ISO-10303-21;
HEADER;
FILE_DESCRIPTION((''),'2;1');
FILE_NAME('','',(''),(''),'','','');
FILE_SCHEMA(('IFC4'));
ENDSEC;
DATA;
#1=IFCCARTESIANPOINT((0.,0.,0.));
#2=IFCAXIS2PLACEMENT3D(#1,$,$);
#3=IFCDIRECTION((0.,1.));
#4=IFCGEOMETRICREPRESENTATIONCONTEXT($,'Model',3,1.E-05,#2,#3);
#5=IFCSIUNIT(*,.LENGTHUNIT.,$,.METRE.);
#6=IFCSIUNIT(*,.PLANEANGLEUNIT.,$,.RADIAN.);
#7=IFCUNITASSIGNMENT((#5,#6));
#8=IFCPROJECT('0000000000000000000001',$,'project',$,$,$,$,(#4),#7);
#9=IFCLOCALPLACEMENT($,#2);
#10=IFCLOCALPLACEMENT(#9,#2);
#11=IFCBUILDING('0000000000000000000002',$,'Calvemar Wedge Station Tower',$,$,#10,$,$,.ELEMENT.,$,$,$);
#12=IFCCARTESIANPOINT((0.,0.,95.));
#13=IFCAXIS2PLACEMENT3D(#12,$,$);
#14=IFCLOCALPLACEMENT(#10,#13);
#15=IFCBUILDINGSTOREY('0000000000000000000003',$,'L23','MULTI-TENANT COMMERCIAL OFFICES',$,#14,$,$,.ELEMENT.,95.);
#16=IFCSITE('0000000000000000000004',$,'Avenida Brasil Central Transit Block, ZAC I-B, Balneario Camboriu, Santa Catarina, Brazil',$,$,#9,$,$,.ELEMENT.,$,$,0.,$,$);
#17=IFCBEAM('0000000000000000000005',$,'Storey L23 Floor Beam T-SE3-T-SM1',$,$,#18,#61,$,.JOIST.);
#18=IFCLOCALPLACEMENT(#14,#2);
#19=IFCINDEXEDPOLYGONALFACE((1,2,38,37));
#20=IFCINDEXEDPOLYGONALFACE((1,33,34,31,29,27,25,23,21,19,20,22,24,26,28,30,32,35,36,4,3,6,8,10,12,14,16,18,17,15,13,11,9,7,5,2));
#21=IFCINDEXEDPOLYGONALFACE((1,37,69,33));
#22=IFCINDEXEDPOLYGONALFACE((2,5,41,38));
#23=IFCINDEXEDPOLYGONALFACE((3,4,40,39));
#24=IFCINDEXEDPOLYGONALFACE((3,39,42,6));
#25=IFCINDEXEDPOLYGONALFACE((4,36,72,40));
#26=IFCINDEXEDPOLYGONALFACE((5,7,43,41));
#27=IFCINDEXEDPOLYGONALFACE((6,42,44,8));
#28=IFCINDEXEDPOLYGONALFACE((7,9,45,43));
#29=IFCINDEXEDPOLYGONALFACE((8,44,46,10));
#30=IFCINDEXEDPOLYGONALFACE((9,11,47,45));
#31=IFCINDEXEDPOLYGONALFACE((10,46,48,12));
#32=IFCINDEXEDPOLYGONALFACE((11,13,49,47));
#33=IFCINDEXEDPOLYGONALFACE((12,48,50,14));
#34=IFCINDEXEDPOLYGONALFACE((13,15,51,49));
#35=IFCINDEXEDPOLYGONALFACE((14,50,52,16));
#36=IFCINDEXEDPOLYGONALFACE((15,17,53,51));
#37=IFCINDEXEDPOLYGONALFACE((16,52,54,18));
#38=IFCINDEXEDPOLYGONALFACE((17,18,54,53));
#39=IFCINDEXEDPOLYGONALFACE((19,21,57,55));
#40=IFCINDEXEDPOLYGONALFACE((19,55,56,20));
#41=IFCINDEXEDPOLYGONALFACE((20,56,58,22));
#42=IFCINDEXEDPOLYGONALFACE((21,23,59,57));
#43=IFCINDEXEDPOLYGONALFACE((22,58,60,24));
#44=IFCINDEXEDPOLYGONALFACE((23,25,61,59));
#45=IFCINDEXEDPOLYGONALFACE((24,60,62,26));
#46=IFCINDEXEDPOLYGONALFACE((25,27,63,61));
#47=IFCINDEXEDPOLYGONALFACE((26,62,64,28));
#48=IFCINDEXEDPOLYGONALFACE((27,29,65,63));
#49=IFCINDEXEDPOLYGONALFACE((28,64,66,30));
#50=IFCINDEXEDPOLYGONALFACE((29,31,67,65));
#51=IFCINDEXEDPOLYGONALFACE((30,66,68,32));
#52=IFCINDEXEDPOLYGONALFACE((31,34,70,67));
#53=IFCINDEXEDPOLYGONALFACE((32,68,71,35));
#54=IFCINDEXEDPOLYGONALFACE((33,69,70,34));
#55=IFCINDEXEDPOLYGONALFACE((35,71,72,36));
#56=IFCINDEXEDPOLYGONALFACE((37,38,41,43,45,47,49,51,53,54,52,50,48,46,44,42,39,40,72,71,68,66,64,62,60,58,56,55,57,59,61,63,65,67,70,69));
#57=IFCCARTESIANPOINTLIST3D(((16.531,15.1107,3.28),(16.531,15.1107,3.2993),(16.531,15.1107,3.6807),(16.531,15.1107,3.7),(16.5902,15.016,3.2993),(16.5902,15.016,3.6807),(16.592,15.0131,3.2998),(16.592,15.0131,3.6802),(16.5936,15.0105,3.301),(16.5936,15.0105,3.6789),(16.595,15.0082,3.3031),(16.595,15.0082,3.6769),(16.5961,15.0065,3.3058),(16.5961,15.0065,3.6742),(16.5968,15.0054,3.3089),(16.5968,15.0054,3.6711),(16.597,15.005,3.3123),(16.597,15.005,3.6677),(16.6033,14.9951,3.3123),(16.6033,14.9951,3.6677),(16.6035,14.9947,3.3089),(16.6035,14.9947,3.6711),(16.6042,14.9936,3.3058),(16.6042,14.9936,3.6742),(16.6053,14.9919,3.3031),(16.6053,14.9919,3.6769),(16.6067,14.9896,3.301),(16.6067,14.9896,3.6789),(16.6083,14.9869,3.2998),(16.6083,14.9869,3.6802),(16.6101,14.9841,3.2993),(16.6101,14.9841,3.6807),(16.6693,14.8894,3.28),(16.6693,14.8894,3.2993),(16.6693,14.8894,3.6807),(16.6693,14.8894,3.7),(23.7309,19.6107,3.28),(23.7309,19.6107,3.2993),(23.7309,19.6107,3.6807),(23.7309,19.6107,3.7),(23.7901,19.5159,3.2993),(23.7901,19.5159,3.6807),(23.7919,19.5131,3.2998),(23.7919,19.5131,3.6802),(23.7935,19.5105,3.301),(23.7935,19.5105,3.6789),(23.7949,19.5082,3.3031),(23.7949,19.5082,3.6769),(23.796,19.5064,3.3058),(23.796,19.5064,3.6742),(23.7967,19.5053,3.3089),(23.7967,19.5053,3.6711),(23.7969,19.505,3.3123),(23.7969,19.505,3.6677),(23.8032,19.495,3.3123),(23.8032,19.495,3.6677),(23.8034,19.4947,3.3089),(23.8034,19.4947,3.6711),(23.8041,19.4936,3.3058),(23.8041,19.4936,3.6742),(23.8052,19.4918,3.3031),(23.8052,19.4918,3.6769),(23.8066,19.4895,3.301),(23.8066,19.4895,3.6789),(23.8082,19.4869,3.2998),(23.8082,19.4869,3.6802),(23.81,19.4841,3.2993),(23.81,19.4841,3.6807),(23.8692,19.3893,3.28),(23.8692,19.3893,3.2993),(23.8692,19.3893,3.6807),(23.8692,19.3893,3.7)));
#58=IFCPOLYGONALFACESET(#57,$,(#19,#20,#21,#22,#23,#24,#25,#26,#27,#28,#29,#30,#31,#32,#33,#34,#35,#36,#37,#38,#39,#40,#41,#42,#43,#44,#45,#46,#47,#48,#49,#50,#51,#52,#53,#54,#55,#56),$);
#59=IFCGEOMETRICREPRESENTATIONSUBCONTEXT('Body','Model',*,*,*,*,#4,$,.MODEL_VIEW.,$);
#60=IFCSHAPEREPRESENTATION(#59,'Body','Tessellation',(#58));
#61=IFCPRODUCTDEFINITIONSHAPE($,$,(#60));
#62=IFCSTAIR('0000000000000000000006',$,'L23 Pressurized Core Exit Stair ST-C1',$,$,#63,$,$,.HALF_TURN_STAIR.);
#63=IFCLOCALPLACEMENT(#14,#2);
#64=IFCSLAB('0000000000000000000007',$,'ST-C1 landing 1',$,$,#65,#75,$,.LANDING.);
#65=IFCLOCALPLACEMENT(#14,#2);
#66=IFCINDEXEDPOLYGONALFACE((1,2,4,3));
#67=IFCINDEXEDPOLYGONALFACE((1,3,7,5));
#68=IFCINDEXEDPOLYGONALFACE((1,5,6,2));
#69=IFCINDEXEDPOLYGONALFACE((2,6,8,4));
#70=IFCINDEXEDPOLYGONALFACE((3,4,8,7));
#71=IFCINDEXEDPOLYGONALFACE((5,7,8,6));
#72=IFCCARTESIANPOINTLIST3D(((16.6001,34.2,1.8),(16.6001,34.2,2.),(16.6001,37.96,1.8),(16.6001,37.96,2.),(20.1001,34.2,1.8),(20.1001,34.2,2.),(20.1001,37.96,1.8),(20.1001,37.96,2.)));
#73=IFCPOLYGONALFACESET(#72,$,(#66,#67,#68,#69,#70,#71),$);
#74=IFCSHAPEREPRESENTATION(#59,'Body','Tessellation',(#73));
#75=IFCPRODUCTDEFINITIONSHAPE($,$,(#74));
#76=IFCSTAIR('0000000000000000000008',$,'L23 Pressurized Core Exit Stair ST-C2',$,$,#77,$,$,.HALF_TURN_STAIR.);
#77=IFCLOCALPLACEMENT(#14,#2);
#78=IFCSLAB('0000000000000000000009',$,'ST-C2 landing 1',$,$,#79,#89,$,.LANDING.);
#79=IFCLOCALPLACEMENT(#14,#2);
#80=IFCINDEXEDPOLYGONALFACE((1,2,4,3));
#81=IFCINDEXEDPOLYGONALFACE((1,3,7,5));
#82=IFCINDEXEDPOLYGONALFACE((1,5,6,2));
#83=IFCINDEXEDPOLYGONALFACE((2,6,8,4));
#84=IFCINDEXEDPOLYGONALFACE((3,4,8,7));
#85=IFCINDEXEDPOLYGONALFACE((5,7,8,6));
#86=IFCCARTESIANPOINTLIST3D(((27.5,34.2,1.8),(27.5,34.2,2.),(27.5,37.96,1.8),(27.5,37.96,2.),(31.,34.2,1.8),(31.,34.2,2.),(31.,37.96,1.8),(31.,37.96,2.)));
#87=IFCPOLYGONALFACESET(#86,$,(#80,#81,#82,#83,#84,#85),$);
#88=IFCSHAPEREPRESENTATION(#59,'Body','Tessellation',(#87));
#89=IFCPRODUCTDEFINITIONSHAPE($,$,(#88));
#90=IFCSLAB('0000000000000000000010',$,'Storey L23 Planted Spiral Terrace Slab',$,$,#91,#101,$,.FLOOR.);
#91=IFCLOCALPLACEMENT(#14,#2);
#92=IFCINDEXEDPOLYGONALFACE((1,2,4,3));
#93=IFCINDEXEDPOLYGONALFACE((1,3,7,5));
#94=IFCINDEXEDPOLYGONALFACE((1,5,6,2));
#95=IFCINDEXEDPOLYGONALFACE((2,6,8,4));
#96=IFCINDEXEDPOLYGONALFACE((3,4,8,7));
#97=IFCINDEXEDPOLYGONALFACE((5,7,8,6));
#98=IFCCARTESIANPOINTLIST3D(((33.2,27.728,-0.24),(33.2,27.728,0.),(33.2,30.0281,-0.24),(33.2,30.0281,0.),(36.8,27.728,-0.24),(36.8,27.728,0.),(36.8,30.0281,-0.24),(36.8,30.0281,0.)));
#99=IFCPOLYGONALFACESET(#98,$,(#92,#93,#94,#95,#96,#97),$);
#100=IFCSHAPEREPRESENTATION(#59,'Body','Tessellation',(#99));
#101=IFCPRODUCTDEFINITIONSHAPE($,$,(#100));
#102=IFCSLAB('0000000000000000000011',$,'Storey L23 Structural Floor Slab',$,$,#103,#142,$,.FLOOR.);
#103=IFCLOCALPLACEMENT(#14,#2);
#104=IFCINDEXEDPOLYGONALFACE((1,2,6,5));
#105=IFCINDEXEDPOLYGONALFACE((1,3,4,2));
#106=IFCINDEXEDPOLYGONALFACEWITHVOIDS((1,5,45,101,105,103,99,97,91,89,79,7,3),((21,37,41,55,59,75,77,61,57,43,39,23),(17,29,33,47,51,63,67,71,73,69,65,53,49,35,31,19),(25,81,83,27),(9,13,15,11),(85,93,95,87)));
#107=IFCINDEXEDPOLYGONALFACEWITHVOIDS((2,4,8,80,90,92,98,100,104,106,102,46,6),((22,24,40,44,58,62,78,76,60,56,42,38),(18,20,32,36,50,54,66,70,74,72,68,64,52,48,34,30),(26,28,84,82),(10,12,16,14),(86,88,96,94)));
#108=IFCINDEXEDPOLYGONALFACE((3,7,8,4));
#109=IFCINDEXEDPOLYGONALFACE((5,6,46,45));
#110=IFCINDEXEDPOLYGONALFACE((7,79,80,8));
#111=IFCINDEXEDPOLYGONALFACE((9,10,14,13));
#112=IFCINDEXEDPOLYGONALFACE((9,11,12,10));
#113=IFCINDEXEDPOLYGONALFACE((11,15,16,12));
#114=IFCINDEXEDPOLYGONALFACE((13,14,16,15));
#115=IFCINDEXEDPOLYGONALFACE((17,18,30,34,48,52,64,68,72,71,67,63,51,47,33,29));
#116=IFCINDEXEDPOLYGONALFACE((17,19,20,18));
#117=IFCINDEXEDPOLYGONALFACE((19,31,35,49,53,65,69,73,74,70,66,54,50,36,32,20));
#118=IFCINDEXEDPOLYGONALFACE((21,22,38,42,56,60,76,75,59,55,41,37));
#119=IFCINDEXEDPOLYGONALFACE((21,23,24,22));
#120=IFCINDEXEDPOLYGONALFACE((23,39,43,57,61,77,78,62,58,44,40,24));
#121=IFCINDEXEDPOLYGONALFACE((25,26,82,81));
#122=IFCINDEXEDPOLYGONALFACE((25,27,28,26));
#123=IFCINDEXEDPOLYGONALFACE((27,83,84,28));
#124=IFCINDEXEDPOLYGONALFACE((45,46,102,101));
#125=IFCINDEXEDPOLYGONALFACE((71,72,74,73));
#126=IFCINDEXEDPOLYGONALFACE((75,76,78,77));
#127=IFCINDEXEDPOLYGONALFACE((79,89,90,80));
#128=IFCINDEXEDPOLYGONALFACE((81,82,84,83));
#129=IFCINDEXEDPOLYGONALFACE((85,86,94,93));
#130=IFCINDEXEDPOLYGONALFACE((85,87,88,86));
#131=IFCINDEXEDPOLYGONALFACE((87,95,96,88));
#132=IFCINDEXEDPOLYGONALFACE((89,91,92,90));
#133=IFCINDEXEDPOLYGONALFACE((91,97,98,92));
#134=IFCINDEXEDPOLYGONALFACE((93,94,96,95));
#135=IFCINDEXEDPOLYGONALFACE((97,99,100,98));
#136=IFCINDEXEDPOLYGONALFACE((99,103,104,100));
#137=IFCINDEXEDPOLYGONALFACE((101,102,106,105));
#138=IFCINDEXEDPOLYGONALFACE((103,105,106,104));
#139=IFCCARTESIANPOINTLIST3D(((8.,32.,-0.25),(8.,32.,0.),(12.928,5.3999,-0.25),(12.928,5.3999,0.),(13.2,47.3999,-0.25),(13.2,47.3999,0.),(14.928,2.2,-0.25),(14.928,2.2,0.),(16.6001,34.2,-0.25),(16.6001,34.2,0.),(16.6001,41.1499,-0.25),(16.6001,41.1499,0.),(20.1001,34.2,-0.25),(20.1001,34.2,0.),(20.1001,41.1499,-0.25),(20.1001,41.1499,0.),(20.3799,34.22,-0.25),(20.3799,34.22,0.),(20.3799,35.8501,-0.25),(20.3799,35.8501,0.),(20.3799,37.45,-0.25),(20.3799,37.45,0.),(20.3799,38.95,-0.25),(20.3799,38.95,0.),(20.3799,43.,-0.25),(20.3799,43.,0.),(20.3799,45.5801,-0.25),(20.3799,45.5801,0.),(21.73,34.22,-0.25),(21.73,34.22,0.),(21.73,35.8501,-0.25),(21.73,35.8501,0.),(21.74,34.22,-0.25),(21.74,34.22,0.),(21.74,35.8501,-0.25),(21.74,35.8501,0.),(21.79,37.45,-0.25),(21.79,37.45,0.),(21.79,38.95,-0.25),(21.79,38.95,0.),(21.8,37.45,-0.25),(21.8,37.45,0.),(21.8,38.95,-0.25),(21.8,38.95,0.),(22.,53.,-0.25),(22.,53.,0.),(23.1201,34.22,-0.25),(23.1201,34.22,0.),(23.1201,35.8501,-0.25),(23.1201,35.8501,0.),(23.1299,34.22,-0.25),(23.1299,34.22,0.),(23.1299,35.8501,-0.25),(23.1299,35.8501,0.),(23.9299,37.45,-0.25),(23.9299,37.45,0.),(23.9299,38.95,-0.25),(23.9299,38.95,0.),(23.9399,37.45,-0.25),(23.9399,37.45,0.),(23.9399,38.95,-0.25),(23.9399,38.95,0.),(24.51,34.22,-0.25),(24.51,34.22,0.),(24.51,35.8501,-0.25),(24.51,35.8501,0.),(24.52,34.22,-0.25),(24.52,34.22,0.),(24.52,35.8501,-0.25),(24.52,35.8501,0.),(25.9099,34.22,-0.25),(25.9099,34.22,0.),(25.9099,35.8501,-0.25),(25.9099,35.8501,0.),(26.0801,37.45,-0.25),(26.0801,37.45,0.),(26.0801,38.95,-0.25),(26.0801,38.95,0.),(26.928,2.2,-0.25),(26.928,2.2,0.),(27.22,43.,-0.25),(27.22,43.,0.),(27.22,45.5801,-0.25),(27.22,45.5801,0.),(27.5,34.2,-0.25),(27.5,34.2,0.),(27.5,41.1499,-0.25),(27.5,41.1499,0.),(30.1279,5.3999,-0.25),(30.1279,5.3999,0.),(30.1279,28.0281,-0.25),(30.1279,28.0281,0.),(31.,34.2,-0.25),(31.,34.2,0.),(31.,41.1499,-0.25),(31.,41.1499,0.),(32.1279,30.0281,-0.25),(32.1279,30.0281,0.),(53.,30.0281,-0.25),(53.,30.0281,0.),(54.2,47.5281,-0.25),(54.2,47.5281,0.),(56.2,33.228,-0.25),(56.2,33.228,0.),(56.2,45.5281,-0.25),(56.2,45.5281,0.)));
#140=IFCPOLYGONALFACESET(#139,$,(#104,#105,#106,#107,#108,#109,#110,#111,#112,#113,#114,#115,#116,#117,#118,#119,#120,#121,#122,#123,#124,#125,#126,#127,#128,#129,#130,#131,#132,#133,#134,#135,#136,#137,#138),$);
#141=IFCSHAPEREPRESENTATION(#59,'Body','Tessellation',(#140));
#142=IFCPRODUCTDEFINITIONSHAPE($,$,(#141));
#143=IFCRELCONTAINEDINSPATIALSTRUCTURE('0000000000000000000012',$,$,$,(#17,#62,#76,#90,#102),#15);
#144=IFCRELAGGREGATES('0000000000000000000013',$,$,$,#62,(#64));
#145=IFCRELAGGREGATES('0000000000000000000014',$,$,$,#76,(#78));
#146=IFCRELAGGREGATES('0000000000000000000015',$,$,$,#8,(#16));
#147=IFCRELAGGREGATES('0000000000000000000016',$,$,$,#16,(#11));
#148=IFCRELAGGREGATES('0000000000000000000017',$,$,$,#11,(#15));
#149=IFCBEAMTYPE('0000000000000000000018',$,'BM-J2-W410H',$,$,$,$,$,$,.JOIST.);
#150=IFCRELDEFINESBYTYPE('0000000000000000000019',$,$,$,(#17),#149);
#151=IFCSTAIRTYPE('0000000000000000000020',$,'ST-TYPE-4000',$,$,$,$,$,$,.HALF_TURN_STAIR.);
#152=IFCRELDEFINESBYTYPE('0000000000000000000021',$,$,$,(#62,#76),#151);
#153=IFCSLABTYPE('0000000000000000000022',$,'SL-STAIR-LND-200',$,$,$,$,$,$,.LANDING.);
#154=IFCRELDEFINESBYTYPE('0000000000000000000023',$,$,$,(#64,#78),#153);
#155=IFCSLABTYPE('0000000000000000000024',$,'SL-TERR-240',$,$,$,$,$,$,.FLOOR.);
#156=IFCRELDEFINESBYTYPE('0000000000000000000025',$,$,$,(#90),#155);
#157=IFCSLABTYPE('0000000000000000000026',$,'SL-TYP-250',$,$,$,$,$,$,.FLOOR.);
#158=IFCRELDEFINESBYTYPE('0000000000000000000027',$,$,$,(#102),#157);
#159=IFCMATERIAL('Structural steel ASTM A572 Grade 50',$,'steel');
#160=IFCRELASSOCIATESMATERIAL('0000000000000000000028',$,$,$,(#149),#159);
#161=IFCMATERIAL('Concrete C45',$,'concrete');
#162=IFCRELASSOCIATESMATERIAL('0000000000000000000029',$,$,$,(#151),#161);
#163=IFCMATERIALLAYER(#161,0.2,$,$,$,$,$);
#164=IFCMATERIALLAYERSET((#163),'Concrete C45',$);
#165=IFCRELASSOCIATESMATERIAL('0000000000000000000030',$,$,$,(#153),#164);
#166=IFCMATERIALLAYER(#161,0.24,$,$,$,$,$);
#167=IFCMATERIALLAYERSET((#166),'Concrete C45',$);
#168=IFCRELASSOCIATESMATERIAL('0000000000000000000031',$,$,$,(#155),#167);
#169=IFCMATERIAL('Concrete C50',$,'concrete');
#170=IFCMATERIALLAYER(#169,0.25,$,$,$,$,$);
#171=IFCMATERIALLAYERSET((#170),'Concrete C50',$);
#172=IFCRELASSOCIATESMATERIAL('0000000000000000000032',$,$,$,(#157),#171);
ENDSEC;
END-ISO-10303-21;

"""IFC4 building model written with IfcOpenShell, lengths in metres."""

from ifc_helpers import new_model, si_unit, direction, frame, origin, origin_2d, place, context, subcontext, project, spatial, polyline, i_section, outline, extrude, source, transform, mapped, material, layer, layer_set, material_profile, profile_set, type_object, element, aggregate, save


model = new_model("IFC4")

# Units and contexts
model_context = context("Model", 3, precision=1e-05, world=origin(), true_north=direction((0.0, 1.0)))
body_context = subcontext(model_context, "Body", "Model", "MODEL_VIEW")
ifc_project = project(units=[si_unit("LENGTHUNIT", "METRE"), si_unit("PLANEANGLEUNIT", "RADIAN")], contexts=[model_context])

# Site, building, storey
site_placement = place(None, origin())
site = spatial("IfcSite", under=ifc_project, at=site_placement, Name="Avenida Brasil Central Transit Block, ZAC I-B, Balneario Camboriu, Santa Catarina, Brazil", CompositionType="ELEMENT", RefElevation=0.0)
building_placement = place(site_placement, origin())
building = spatial("IfcBuilding", under=site, at=building_placement, Name="Calvemar Wedge Station Tower", CompositionType="ELEMENT")
storey_placement = place(building_placement, frame((0.0, 0.0, 95.0)))
storey = spatial("IfcBuildingStorey", under=building, at=storey_placement, Name="L23", Description="MULTI-TENANT COMMERCIAL OFFICES", CompositionType="ELEMENT", Elevation=95.0)

# Beam
ifc_material_1 = material(Name="Structural steel ASTM A572 Grade 50", Category="steel")
ifc_material_profile_1 = material_profile(ifc_material_1, i_section(OverallWidth=0.261, OverallDepth=0.4199, WebThickness=0.0117, FlangeThickness=0.0193, FilletRadius=0.0129, at=origin_2d()), Name="W410x114")
ifc_profile_set_1 = profile_set([ifc_material_profile_1], Name="Structural steel ASTM A572 Grade 50")
beam_type_1 = type_object("IfcBeamType", Name="BM-J2-W410H", PredefinedType="JOIST", material=ifc_profile_set_1)
shared_shape_1 = source(origin(), body_context, "Body", "SweptSolid", [
    extrude(i_section(OverallWidth=0.261, OverallDepth=0.4199, WebThickness=0.0117, FlangeThickness=0.0193, FilletRadius=0.0129, at=origin_2d()), origin(), (0.0, 0.0, 1.0), 8.4905),
])
beam_1_placement = place(storey_placement, frame((23.8, 19.5, 3.49), z_axis=(-0.847997, -0.530002, 0.0), x_axis=(0.530002, -0.847997, 0.0)))
element("IfcBeam", 1, at=beam_1_placement, inside=storey, type_object=beam_type_1, Name="Storey L23 Floor Beam T-SE3-T-SM1", PredefinedType="JOIST", context=body_context, shape_type="MappedRepresentation", body=[
    mapped(shared_shape_1, transform((0.0, 0.0, 0.0), scale=1.0)),
])

# Stairs, slabs
ifc_material_2 = material(Name="Concrete C45", Category="concrete")
stair_type = type_object("IfcStairType", Name="ST-TYPE-4000", PredefinedType="HALF_TURN_STAIR", material=ifc_material_2)
stair_1_placement = place(storey_placement, origin())
stair_1 = element("IfcStair", 2, at=stair_1_placement, inside=storey, type_object=stair_type, Name="L23 Pressurized Core Exit Stair ST-C1", PredefinedType="HALF_TURN_STAIR")
ifc_layer_1 = layer(ifc_material_2, 0.2)
ifc_layer_set_1 = layer_set([ifc_layer_1], Name="Concrete C45")
slab_type_1 = type_object("IfcSlabType", Name="SL-STAIR-LND-200", PredefinedType="LANDING", material=ifc_layer_set_1)
slab_1_placement = place(storey_placement, frame((0.0, 0.0, 1.8)))
slab_1 = element("IfcSlab", 3, at=slab_1_placement, type_object=slab_type_1, Name="ST-C1 landing 1", PredefinedType="LANDING", context=body_context, shape_type="SweptSolid", body=[
    extrude(outline(polyline([(16.6001, 37.96), (16.6001, 34.2), (20.1001, 34.2), (20.1001, 37.96), (16.6001, 37.96)])), origin(), (0.0, 0.0, 1.0), 0.2),
])
aggregate(stair_1, [slab_1])
stair_2_placement = place(storey_placement, origin())
stair_2 = element("IfcStair", 4, at=stair_2_placement, inside=storey, type_object=stair_type, Name="L23 Pressurized Core Exit Stair ST-C2", PredefinedType="HALF_TURN_STAIR")
slab_2_placement = place(storey_placement, frame((0.0, 0.0, 1.8)))
slab_2 = element("IfcSlab", 5, at=slab_2_placement, type_object=slab_type_1, Name="ST-C2 landing 1", PredefinedType="LANDING", context=body_context, shape_type="SweptSolid", body=[
    extrude(outline(polyline([(27.5, 37.96), (27.5, 34.2), (31.0, 34.2), (31.0, 37.96), (27.5, 37.96)])), origin(), (0.0, 0.0, 1.0), 0.2),
])
aggregate(stair_2, [slab_2])

# Slabs
ifc_layer_2 = layer(ifc_material_2, 0.24)
ifc_layer_set_2 = layer_set([ifc_layer_2], Name="Concrete C45")
slab_type_2 = type_object("IfcSlabType", Name="SL-TERR-240", PredefinedType="FLOOR", material=ifc_layer_set_2)
slab_3_placement = place(storey_placement, frame((0.0, 0.0, -0.24)))
element("IfcSlab", 6, at=slab_3_placement, inside=storey, type_object=slab_type_2, Name="Storey L23 Planted Spiral Terrace Slab", PredefinedType="FLOOR", context=body_context, shape_type="SweptSolid", body=[
    extrude(outline(polyline([(33.2, 30.0281), (33.2, 27.728), (36.8, 27.728), (36.8, 30.0281), (33.2, 30.0281)])), origin(), (0.0, 0.0, 1.0), 0.24),
])
ifc_material_3 = material(Name="Concrete C50", Category="concrete")
ifc_layer_3 = layer(ifc_material_3, 0.25)
ifc_layer_set_3 = layer_set([ifc_layer_3], Name="Concrete C50")
slab_type_3 = type_object("IfcSlabType", Name="SL-TYP-250", PredefinedType="FLOOR", material=ifc_layer_set_3)
slab_4_placement = place(storey_placement, frame((0.0, 0.0, -0.25)))
element("IfcSlab", 7, at=slab_4_placement, inside=storey, type_object=slab_type_3, Name="Storey L23 Structural Floor Slab", PredefinedType="FLOOR", context=body_context, shape_type="SweptSolid", body=[
    extrude(outline(polyline([(8.0, 32.0), (12.928, 5.3999), (14.928, 2.2), (26.928, 2.2), (30.1279, 5.3999), (30.1279, 28.0281), (32.1279, 30.0281), (53.0, 30.0281), (56.2, 33.228), (56.2, 45.5281), (54.2, 47.5281), (22.0, 53.0), (13.2, 47.3999), (8.0, 32.0)]), holes=[polyline([(21.74, 35.8501), (21.73, 35.8501), (20.3799, 35.8501), (20.3799, 34.22), (21.73, 34.22), (21.74, 34.22), (23.1201, 34.22), (23.1299, 34.22), (24.51, 34.22), (24.52, 34.22), (25.9099, 34.22), (25.9099, 35.8501), (24.52, 35.8501), (24.51, 35.8501), (23.1299, 35.8501), (23.1201, 35.8501), (21.74, 35.8501)]), polyline([(16.6001, 41.1499), (16.6001, 34.2), (20.1001, 34.2), (20.1001, 41.1499), (16.6001, 41.1499)]), polyline([(27.5, 34.2), (31.0, 34.2), (31.0, 41.1499), (27.5, 41.1499), (27.5, 34.2)]), polyline([(21.79, 37.45), (21.8, 37.45), (23.9299, 37.45), (23.9399, 37.45), (26.0801, 37.45), (26.0801, 38.95), (23.9399, 38.95), (23.9299, 38.95), (21.8, 38.95), (21.79, 38.95), (20.3799, 38.95), (20.3799, 37.45), (21.79, 37.45)]), polyline([(20.3799, 43.0), (27.22, 43.0), (27.22, 45.5801), (20.3799, 45.5801), (20.3799, 43.0)])]), origin(), (0.0, 0.0, 1.0), 0.25),
])

save(model, "model.ifc")
